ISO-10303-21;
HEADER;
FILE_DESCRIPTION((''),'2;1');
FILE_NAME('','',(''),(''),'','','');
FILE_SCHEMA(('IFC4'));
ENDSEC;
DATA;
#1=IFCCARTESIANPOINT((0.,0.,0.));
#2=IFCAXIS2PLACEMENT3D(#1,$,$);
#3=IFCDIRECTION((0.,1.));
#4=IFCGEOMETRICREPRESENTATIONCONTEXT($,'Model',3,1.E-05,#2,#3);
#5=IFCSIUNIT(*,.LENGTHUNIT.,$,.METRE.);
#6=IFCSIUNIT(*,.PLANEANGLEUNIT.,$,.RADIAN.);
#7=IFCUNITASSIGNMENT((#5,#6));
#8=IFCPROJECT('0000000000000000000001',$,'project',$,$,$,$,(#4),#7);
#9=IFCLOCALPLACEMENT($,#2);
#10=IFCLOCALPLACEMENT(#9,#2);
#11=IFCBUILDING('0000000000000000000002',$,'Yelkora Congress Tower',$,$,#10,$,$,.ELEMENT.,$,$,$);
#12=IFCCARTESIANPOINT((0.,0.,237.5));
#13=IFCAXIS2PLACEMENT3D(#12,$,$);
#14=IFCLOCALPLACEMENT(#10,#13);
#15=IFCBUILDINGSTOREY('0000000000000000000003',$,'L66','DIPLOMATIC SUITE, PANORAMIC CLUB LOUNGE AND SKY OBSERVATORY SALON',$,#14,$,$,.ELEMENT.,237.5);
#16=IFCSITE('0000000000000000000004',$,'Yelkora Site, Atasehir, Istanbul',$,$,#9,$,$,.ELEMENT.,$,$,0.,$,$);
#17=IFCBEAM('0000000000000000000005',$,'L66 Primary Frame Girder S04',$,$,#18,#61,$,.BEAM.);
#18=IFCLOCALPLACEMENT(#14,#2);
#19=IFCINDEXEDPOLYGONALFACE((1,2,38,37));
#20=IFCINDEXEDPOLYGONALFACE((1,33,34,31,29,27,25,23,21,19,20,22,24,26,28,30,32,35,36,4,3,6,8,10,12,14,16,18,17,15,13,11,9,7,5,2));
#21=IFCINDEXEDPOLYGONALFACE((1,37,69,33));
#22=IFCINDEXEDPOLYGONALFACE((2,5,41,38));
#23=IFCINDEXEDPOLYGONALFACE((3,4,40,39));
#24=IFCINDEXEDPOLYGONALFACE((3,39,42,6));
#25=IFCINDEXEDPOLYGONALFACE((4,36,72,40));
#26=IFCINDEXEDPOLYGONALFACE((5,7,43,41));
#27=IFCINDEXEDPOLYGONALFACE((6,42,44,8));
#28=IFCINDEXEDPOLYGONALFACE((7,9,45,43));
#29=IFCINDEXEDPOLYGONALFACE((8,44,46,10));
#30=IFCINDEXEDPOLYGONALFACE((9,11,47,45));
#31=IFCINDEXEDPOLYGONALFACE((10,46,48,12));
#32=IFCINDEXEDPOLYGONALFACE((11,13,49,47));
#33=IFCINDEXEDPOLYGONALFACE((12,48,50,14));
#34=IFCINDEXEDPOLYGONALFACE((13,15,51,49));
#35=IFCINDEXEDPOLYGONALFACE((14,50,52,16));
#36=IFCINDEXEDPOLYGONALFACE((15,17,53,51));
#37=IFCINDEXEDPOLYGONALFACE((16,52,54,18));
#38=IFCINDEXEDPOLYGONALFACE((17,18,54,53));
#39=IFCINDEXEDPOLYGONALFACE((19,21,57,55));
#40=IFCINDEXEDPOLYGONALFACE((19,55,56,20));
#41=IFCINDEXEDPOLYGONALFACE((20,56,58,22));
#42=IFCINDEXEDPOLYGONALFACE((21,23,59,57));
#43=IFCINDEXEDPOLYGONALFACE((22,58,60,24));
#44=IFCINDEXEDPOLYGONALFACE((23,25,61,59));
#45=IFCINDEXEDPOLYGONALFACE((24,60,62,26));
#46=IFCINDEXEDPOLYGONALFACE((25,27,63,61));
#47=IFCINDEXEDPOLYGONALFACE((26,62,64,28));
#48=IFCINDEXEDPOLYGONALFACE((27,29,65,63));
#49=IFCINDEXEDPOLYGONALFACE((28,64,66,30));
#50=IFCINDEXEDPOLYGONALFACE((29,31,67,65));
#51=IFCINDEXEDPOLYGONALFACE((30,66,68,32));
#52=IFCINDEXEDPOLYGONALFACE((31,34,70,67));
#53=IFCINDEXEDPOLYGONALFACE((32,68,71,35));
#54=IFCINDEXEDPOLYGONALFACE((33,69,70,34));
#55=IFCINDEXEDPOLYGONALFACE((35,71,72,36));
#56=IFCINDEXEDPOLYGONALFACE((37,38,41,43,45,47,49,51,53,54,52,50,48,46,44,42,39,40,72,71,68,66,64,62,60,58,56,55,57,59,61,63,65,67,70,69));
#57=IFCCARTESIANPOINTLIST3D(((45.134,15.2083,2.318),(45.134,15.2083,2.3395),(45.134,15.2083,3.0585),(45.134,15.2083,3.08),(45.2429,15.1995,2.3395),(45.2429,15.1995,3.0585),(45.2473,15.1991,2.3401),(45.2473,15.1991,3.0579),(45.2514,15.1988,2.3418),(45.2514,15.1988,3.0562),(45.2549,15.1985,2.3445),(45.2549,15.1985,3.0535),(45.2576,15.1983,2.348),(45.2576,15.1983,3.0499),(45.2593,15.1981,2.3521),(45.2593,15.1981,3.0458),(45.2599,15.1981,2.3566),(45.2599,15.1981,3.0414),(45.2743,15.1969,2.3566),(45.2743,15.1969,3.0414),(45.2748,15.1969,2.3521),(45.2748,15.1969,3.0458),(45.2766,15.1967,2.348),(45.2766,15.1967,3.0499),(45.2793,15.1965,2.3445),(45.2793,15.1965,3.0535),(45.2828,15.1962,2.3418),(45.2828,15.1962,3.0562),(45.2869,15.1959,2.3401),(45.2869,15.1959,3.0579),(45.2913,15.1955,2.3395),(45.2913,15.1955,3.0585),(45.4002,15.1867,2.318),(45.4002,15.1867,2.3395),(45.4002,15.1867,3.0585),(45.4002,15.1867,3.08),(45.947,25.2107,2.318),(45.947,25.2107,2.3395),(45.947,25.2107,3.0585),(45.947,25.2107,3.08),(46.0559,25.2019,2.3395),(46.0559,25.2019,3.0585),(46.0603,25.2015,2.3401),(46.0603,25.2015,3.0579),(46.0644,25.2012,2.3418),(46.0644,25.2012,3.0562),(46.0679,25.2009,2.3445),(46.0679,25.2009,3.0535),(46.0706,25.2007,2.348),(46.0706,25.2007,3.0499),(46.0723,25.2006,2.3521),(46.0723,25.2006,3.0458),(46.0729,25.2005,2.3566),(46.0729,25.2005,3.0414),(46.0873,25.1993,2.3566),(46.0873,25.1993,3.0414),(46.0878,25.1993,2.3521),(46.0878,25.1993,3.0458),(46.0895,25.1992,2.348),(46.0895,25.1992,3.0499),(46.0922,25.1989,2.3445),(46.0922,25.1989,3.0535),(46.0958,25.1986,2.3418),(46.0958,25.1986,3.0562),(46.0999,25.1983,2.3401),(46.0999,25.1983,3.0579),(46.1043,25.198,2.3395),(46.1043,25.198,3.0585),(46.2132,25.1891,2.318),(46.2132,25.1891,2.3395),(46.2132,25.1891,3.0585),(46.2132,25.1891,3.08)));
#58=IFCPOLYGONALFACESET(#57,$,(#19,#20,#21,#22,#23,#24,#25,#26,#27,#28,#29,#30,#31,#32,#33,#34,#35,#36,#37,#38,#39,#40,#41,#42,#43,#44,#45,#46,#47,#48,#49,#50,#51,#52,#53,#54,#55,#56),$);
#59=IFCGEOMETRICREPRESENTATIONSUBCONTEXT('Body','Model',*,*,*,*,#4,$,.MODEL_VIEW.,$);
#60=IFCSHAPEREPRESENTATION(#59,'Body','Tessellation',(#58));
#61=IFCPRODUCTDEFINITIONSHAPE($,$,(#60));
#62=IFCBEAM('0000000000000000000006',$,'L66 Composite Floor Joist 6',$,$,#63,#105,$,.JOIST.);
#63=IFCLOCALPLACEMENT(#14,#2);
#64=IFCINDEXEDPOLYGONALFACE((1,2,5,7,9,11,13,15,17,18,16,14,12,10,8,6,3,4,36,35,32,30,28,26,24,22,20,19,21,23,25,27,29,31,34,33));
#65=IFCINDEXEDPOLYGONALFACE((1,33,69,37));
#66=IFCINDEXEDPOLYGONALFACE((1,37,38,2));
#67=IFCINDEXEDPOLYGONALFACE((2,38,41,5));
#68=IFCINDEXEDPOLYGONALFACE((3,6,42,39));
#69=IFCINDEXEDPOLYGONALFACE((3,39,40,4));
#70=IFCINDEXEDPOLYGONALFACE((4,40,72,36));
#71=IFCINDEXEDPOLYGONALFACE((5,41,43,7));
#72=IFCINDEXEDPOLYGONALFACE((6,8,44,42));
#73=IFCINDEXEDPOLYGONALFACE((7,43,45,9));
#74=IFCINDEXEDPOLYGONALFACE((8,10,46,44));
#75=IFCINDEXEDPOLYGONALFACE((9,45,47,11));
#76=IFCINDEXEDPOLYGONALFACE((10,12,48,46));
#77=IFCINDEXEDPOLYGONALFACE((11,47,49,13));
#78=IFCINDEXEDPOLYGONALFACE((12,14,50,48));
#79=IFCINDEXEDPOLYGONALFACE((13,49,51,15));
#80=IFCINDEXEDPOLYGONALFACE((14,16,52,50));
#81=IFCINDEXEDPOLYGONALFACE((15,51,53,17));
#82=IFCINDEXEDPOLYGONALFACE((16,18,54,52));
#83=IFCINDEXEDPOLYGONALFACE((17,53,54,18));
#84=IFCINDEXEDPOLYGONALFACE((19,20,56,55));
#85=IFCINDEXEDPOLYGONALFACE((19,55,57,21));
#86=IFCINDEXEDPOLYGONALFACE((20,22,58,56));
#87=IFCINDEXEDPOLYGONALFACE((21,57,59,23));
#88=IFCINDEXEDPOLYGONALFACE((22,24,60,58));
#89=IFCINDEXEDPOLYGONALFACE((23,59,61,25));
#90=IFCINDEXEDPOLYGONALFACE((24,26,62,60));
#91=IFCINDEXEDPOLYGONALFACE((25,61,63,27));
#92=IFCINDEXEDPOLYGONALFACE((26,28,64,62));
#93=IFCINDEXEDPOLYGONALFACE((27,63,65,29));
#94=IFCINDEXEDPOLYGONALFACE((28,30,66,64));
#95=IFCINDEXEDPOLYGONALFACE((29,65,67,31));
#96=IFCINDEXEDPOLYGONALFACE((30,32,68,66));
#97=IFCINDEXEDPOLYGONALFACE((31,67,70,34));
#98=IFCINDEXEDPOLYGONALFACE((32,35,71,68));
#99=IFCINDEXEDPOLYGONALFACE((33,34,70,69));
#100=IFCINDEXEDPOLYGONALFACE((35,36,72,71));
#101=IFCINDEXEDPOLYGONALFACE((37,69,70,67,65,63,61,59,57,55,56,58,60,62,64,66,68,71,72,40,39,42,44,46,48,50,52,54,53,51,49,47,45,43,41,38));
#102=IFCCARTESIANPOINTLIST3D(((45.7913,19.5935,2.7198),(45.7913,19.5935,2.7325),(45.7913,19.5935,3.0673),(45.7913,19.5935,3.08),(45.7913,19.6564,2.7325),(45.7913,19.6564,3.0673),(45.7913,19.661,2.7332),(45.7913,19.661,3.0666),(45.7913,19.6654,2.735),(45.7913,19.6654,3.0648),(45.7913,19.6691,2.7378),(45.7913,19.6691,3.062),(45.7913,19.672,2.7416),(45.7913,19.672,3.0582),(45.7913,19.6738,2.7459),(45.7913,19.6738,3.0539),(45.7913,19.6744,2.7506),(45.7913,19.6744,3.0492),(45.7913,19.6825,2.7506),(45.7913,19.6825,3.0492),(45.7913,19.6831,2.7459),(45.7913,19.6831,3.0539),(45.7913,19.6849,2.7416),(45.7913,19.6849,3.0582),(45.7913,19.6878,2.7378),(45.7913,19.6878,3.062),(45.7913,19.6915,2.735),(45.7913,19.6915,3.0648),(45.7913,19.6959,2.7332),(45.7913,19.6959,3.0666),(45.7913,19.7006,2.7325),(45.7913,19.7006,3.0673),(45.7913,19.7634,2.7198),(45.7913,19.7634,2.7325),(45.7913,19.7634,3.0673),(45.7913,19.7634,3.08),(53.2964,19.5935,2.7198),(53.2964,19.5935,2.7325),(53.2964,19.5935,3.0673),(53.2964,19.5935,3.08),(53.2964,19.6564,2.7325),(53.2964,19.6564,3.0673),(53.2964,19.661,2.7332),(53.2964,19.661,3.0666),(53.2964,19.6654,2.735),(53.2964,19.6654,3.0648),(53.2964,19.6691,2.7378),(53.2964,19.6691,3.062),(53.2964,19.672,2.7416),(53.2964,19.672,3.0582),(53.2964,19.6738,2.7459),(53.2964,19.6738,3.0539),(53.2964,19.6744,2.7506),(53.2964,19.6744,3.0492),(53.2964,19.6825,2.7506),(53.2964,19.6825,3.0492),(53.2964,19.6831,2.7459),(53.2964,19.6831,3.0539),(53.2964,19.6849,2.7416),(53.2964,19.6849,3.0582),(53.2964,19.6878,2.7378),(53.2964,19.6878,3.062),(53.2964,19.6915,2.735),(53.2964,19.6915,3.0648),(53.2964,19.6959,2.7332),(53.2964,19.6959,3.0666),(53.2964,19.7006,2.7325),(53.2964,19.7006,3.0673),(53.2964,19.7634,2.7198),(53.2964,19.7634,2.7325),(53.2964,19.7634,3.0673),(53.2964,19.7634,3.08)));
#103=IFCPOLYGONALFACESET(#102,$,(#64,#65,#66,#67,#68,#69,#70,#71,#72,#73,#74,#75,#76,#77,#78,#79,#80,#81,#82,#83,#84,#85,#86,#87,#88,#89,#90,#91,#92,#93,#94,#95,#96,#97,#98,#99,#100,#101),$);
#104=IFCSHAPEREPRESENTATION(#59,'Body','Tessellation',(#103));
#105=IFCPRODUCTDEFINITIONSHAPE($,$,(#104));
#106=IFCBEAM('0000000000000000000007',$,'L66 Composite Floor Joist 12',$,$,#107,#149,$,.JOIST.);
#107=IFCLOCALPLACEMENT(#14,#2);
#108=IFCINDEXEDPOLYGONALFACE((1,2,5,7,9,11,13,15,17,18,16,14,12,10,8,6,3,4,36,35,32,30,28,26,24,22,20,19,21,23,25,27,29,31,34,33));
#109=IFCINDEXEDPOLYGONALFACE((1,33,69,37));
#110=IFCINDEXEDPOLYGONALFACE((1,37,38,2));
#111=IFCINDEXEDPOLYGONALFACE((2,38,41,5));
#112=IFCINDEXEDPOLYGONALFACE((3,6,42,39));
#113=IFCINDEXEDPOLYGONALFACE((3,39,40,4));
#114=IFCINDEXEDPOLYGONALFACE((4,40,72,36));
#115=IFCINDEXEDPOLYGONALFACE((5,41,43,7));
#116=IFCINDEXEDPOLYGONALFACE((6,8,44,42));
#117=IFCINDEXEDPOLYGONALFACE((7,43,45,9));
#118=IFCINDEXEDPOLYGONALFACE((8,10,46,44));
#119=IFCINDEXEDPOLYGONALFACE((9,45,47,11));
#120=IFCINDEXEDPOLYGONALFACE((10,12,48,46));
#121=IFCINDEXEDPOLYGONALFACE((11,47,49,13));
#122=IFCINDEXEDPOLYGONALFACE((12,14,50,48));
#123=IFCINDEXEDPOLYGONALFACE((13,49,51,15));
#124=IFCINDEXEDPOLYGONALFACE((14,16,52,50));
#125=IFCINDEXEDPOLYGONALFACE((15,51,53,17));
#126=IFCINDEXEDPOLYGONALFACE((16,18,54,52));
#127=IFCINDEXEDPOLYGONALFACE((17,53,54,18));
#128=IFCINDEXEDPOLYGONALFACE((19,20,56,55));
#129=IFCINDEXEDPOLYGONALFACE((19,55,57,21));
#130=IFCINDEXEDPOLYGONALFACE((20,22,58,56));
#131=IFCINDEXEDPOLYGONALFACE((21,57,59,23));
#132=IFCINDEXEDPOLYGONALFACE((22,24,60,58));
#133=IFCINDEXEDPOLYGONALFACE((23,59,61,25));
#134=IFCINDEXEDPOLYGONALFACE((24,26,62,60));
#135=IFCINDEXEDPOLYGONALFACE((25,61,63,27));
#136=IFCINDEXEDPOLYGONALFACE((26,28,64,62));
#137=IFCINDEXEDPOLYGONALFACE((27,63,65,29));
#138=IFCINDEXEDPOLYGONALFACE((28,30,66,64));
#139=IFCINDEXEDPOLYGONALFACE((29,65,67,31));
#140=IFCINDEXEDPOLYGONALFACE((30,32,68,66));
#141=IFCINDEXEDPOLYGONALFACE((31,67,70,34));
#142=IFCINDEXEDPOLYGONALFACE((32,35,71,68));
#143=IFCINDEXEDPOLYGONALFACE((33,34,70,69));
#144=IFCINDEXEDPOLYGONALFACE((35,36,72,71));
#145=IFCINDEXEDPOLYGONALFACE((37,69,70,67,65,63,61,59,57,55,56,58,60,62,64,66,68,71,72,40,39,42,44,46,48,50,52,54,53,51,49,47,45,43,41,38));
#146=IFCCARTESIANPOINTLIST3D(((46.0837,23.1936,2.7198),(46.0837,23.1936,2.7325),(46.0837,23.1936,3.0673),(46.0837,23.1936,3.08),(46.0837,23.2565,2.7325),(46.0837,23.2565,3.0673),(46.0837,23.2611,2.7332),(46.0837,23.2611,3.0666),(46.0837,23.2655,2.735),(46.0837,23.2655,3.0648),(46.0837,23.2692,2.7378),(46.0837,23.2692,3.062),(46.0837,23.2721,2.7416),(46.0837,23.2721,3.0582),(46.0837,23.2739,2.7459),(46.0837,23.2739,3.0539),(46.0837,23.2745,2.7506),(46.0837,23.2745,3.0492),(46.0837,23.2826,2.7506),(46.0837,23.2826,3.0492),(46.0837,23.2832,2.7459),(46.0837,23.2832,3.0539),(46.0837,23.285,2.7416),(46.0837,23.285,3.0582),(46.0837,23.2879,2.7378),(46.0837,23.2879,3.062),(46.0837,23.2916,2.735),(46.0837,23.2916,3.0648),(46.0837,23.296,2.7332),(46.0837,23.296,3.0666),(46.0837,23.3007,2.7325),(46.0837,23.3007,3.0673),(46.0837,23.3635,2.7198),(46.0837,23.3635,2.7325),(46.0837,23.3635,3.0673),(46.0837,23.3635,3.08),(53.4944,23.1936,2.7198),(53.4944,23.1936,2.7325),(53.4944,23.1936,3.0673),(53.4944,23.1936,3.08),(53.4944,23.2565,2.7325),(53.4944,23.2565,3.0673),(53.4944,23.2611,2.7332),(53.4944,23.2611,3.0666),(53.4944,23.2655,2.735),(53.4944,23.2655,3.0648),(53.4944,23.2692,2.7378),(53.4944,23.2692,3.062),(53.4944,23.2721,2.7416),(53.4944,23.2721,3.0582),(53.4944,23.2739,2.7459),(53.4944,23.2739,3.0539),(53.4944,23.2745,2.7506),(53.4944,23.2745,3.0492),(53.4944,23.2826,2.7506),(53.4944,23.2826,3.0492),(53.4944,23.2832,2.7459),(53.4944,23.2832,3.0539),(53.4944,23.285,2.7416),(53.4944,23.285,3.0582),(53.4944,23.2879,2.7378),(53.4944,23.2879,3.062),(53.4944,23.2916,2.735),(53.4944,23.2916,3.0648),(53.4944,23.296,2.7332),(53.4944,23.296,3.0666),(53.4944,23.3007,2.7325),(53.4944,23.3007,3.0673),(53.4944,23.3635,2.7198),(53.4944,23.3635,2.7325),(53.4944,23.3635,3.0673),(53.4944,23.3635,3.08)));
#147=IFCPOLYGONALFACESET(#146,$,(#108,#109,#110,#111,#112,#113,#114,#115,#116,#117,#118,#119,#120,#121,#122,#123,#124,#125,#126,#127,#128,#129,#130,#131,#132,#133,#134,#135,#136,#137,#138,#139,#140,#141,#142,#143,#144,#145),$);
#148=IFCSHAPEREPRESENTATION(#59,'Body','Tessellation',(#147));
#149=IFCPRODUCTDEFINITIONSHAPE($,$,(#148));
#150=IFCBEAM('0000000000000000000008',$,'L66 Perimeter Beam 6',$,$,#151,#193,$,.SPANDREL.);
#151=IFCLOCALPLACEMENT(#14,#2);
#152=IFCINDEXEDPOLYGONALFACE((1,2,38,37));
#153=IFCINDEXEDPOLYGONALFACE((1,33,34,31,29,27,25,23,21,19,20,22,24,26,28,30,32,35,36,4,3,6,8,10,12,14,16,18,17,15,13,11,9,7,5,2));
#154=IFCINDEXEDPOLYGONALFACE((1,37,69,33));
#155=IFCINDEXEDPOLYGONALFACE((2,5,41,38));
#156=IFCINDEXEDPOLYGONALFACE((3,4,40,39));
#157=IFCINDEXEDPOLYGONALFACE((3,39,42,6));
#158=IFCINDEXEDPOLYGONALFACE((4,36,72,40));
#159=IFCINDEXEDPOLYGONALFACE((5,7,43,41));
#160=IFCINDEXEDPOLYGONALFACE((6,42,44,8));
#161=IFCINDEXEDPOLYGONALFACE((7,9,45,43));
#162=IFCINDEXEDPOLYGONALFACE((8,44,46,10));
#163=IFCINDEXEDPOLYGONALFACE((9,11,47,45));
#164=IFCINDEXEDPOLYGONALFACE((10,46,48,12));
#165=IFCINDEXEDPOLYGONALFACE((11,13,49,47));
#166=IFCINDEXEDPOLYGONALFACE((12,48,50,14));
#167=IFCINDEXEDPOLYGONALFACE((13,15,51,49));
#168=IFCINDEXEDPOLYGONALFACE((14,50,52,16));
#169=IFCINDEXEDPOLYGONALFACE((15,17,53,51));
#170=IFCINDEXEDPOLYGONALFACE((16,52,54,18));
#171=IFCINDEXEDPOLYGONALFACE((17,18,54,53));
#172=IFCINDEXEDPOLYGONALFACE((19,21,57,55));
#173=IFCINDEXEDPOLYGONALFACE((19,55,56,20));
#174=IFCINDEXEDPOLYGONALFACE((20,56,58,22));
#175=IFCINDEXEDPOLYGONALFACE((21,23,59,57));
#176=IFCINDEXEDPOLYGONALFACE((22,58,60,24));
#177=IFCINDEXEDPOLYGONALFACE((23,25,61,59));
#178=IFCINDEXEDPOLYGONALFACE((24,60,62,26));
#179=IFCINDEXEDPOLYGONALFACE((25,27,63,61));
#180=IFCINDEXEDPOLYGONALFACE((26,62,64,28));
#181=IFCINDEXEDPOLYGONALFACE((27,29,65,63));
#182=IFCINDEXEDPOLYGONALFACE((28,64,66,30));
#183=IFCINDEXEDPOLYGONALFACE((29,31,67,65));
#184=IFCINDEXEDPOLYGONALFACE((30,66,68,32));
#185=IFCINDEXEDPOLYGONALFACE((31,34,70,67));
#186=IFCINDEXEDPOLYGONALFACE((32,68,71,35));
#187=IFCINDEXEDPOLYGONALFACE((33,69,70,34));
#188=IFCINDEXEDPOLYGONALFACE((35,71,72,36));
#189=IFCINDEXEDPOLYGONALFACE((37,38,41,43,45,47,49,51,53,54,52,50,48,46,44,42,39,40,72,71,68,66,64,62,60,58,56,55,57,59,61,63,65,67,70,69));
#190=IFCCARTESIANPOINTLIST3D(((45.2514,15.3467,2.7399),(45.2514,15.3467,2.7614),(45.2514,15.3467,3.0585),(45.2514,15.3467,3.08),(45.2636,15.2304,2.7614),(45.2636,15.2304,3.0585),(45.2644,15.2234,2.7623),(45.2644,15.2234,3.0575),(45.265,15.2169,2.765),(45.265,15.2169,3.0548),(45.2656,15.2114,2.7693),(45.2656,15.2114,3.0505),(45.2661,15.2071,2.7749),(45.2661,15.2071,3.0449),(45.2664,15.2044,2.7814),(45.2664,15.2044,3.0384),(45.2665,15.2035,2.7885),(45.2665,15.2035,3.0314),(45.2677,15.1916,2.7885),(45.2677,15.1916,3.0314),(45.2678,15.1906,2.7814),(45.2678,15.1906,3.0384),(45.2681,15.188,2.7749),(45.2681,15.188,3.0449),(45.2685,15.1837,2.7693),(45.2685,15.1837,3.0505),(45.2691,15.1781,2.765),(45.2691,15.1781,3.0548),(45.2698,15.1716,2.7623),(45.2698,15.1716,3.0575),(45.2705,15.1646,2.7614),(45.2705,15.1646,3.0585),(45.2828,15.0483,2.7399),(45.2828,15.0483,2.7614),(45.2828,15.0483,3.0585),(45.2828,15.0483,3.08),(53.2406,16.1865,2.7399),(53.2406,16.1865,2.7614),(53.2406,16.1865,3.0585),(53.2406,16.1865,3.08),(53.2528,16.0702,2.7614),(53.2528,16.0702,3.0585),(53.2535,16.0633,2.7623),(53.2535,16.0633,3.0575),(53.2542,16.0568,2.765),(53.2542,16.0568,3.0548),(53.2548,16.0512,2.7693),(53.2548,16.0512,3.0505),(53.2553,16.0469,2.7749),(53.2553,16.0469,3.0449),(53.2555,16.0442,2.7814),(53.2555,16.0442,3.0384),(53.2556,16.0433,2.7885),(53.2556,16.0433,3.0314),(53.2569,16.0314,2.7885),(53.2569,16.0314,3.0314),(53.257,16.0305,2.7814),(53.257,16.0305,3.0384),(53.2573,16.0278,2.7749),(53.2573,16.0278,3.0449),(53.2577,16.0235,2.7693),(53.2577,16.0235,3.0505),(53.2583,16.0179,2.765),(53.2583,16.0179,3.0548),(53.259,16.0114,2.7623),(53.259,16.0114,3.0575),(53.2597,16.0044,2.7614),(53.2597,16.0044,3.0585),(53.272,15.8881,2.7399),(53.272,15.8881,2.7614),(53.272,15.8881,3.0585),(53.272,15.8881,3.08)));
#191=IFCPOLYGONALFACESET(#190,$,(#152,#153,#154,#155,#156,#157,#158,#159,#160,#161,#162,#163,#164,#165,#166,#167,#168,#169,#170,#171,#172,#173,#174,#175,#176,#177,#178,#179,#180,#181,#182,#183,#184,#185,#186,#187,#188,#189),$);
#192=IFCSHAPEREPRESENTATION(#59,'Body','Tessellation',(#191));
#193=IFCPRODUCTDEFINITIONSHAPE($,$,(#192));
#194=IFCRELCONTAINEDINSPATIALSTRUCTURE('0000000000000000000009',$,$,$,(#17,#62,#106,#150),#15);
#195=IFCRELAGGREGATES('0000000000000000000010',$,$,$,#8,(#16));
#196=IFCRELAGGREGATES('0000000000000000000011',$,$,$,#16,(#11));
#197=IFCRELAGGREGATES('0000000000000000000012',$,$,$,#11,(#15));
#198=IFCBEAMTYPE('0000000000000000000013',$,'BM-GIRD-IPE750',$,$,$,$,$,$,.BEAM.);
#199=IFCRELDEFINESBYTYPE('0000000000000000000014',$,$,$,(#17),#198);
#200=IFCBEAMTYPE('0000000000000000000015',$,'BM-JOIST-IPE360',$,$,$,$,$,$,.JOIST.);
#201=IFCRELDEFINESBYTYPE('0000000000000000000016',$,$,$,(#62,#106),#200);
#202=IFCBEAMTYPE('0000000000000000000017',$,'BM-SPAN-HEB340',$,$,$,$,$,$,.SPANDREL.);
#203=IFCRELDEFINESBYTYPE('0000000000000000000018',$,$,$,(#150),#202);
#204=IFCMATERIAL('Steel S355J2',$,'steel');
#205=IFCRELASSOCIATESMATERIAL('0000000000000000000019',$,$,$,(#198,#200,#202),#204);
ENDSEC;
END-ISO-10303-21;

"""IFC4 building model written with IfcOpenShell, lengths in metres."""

from ifc_helpers import new_model, si_unit, direction, frame, origin, origin_2d, place, context, subcontext, project, spatial, i_section, extrude, material, material_profile, profile_set, type_object, element, save


model = new_model("IFC4")

# Units and contexts
model_context = context("Model", 3, precision=1e-05, world=origin(), true_north=direction((0.0, 1.0)))
body_context = subcontext(model_context, "Body", "Model", "MODEL_VIEW")
ifc_project = project(units=[si_unit("LENGTHUNIT", "METRE"), si_unit("PLANEANGLEUNIT", "RADIAN")], contexts=[model_context])

# Site, building, storey
site_placement = place(None, origin())
site = spatial("IfcSite", under=ifc_project, at=site_placement, Name="Yelkora Site, Atasehir, Istanbul", CompositionType="ELEMENT", RefElevation=0.0)
building_placement = place(site_placement, origin())
building = spatial("IfcBuilding", under=site, at=building_placement, Name="Yelkora Congress Tower", CompositionType="ELEMENT")
storey_placement = place(building_placement, frame((0.0, 0.0, 237.5)))
storey = spatial("IfcBuildingStorey", under=building, at=storey_placement, Name="L66", Description="DIPLOMATIC SUITE, PANORAMIC CLUB LOUNGE AND SKY OBSERVATORY SALON", CompositionType="ELEMENT", Elevation=237.5)

# Shared definitions
ifc_material_1 = material(Name="Steel S355J2", Category="steel")

# Beams
ifc_material_profile_1 = material_profile(ifc_material_1, i_section(OverallWidth=0.2671, OverallDepth=0.762, WebThickness=0.0144, FlangeThickness=0.0215, FilletRadius=0.0171, at=origin_2d()), Name="IPE 750x173")
ifc_profile_set_1 = profile_set([ifc_material_profile_1], Name="Steel S355J2")
beam_type_1 = type_object("IfcBeamType", Name="BM-GIRD-IPE750", PredefinedType="BEAM", material=ifc_profile_set_1)
beam_1_placement = place(storey_placement, frame((45.2671, 15.1975, 2.699), z_axis=(0.081012, 0.996713, 0.0), x_axis=(-0.996713, 0.081012, 0.0)))
element("IfcBeam", 1, at=beam_1_placement, inside=storey, type_object=beam_type_1, Name="L66 Primary Frame Girder S04", PredefinedType="BEAM", context=body_context, shape_type="SweptSolid", body=[
    extrude(i_section(OverallWidth=0.2671, OverallDepth=0.762, WebThickness=0.0144, FlangeThickness=0.0215, FilletRadius=0.0171, at=origin_2d()), origin(), (0.0, 0.0, 1.0), 10.0354),
])
ifc_material_profile_2 = material_profile(ifc_material_1, i_section(OverallWidth=0.1699, OverallDepth=0.3601, WebThickness=0.0081, FlangeThickness=0.0127, FilletRadius=0.0181, at=origin_2d()), Name="IPE 360")
ifc_profile_set_2 = profile_set([ifc_material_profile_2], Name="Steel S355J2")
beam_type_2 = type_object("IfcBeamType", Name="BM-JOIST-IPE360", PredefinedType="JOIST", material=ifc_profile_set_2)
beam_2_placement = place(storey_placement, frame((45.7913, 19.6785, 2.8999), z_axis=(1.0, 0.0, 0.0), x_axis=(0.0, 1.0, 0.0)))
element("IfcBeam", 2, at=beam_2_placement, inside=storey, type_object=beam_type_2, Name="L66 Composite Floor Joist 6", PredefinedType="JOIST", context=body_context, shape_type="SweptSolid", body=[
    extrude(i_section(OverallWidth=0.1699, OverallDepth=0.3601, WebThickness=0.0081, FlangeThickness=0.0127, FilletRadius=0.0181, at=origin_2d()), origin(), (0.0, 0.0, 1.0), 7.5051),
])
beam_3_placement = place(storey_placement, frame((46.0837, 23.2786, 2.8999), z_axis=(1.0, 0.0, 0.0), x_axis=(0.0, 1.0, 0.0)))
element("IfcBeam", 3, at=beam_3_placement, inside=storey, type_object=beam_type_2, Name="L66 Composite Floor Joist 12", PredefinedType="JOIST", context=body_context, shape_type="SweptSolid", body=[
    extrude(i_section(OverallWidth=0.1699, OverallDepth=0.3601, WebThickness=0.0081, FlangeThickness=0.0127, FilletRadius=0.0181, at=origin_2d()), origin(), (0.0, 0.0, 1.0), 7.4106),
])
ifc_material_profile_3 = material_profile(ifc_material_1, i_section(OverallWidth=0.3, OverallDepth=0.3401, WebThickness=0.012, FlangeThickness=0.0215, FilletRadius=0.0271, at=origin_2d()), Name="HEB 340")
ifc_profile_set_3 = profile_set([ifc_material_profile_3], Name="Steel S355J2")
beam_type_3 = type_object("IfcBeamType", Name="BM-SPAN-HEB340", PredefinedType="SPANDREL", material=ifc_profile_set_3)
beam_4_placement = place(storey_placement, frame((45.2671, 15.1975, 2.9099), z_axis=(0.99452, 0.104546, 0.0), x_axis=(-0.104546, 0.99452, 0.0)))
element("IfcBeam", 4, at=beam_4_placement, inside=storey, type_object=beam_type_3, Name="L66 Perimeter Beam 6", PredefinedType="SPANDREL", context=body_context, shape_type="SweptSolid", body=[
    extrude(i_section(OverallWidth=0.3, OverallDepth=0.3401, WebThickness=0.012, FlangeThickness=0.0215, FilletRadius=0.0271, at=origin_2d()), origin(), (0.0, 0.0, 1.0), 8.0332),
])

save(model, "model.ifc")
